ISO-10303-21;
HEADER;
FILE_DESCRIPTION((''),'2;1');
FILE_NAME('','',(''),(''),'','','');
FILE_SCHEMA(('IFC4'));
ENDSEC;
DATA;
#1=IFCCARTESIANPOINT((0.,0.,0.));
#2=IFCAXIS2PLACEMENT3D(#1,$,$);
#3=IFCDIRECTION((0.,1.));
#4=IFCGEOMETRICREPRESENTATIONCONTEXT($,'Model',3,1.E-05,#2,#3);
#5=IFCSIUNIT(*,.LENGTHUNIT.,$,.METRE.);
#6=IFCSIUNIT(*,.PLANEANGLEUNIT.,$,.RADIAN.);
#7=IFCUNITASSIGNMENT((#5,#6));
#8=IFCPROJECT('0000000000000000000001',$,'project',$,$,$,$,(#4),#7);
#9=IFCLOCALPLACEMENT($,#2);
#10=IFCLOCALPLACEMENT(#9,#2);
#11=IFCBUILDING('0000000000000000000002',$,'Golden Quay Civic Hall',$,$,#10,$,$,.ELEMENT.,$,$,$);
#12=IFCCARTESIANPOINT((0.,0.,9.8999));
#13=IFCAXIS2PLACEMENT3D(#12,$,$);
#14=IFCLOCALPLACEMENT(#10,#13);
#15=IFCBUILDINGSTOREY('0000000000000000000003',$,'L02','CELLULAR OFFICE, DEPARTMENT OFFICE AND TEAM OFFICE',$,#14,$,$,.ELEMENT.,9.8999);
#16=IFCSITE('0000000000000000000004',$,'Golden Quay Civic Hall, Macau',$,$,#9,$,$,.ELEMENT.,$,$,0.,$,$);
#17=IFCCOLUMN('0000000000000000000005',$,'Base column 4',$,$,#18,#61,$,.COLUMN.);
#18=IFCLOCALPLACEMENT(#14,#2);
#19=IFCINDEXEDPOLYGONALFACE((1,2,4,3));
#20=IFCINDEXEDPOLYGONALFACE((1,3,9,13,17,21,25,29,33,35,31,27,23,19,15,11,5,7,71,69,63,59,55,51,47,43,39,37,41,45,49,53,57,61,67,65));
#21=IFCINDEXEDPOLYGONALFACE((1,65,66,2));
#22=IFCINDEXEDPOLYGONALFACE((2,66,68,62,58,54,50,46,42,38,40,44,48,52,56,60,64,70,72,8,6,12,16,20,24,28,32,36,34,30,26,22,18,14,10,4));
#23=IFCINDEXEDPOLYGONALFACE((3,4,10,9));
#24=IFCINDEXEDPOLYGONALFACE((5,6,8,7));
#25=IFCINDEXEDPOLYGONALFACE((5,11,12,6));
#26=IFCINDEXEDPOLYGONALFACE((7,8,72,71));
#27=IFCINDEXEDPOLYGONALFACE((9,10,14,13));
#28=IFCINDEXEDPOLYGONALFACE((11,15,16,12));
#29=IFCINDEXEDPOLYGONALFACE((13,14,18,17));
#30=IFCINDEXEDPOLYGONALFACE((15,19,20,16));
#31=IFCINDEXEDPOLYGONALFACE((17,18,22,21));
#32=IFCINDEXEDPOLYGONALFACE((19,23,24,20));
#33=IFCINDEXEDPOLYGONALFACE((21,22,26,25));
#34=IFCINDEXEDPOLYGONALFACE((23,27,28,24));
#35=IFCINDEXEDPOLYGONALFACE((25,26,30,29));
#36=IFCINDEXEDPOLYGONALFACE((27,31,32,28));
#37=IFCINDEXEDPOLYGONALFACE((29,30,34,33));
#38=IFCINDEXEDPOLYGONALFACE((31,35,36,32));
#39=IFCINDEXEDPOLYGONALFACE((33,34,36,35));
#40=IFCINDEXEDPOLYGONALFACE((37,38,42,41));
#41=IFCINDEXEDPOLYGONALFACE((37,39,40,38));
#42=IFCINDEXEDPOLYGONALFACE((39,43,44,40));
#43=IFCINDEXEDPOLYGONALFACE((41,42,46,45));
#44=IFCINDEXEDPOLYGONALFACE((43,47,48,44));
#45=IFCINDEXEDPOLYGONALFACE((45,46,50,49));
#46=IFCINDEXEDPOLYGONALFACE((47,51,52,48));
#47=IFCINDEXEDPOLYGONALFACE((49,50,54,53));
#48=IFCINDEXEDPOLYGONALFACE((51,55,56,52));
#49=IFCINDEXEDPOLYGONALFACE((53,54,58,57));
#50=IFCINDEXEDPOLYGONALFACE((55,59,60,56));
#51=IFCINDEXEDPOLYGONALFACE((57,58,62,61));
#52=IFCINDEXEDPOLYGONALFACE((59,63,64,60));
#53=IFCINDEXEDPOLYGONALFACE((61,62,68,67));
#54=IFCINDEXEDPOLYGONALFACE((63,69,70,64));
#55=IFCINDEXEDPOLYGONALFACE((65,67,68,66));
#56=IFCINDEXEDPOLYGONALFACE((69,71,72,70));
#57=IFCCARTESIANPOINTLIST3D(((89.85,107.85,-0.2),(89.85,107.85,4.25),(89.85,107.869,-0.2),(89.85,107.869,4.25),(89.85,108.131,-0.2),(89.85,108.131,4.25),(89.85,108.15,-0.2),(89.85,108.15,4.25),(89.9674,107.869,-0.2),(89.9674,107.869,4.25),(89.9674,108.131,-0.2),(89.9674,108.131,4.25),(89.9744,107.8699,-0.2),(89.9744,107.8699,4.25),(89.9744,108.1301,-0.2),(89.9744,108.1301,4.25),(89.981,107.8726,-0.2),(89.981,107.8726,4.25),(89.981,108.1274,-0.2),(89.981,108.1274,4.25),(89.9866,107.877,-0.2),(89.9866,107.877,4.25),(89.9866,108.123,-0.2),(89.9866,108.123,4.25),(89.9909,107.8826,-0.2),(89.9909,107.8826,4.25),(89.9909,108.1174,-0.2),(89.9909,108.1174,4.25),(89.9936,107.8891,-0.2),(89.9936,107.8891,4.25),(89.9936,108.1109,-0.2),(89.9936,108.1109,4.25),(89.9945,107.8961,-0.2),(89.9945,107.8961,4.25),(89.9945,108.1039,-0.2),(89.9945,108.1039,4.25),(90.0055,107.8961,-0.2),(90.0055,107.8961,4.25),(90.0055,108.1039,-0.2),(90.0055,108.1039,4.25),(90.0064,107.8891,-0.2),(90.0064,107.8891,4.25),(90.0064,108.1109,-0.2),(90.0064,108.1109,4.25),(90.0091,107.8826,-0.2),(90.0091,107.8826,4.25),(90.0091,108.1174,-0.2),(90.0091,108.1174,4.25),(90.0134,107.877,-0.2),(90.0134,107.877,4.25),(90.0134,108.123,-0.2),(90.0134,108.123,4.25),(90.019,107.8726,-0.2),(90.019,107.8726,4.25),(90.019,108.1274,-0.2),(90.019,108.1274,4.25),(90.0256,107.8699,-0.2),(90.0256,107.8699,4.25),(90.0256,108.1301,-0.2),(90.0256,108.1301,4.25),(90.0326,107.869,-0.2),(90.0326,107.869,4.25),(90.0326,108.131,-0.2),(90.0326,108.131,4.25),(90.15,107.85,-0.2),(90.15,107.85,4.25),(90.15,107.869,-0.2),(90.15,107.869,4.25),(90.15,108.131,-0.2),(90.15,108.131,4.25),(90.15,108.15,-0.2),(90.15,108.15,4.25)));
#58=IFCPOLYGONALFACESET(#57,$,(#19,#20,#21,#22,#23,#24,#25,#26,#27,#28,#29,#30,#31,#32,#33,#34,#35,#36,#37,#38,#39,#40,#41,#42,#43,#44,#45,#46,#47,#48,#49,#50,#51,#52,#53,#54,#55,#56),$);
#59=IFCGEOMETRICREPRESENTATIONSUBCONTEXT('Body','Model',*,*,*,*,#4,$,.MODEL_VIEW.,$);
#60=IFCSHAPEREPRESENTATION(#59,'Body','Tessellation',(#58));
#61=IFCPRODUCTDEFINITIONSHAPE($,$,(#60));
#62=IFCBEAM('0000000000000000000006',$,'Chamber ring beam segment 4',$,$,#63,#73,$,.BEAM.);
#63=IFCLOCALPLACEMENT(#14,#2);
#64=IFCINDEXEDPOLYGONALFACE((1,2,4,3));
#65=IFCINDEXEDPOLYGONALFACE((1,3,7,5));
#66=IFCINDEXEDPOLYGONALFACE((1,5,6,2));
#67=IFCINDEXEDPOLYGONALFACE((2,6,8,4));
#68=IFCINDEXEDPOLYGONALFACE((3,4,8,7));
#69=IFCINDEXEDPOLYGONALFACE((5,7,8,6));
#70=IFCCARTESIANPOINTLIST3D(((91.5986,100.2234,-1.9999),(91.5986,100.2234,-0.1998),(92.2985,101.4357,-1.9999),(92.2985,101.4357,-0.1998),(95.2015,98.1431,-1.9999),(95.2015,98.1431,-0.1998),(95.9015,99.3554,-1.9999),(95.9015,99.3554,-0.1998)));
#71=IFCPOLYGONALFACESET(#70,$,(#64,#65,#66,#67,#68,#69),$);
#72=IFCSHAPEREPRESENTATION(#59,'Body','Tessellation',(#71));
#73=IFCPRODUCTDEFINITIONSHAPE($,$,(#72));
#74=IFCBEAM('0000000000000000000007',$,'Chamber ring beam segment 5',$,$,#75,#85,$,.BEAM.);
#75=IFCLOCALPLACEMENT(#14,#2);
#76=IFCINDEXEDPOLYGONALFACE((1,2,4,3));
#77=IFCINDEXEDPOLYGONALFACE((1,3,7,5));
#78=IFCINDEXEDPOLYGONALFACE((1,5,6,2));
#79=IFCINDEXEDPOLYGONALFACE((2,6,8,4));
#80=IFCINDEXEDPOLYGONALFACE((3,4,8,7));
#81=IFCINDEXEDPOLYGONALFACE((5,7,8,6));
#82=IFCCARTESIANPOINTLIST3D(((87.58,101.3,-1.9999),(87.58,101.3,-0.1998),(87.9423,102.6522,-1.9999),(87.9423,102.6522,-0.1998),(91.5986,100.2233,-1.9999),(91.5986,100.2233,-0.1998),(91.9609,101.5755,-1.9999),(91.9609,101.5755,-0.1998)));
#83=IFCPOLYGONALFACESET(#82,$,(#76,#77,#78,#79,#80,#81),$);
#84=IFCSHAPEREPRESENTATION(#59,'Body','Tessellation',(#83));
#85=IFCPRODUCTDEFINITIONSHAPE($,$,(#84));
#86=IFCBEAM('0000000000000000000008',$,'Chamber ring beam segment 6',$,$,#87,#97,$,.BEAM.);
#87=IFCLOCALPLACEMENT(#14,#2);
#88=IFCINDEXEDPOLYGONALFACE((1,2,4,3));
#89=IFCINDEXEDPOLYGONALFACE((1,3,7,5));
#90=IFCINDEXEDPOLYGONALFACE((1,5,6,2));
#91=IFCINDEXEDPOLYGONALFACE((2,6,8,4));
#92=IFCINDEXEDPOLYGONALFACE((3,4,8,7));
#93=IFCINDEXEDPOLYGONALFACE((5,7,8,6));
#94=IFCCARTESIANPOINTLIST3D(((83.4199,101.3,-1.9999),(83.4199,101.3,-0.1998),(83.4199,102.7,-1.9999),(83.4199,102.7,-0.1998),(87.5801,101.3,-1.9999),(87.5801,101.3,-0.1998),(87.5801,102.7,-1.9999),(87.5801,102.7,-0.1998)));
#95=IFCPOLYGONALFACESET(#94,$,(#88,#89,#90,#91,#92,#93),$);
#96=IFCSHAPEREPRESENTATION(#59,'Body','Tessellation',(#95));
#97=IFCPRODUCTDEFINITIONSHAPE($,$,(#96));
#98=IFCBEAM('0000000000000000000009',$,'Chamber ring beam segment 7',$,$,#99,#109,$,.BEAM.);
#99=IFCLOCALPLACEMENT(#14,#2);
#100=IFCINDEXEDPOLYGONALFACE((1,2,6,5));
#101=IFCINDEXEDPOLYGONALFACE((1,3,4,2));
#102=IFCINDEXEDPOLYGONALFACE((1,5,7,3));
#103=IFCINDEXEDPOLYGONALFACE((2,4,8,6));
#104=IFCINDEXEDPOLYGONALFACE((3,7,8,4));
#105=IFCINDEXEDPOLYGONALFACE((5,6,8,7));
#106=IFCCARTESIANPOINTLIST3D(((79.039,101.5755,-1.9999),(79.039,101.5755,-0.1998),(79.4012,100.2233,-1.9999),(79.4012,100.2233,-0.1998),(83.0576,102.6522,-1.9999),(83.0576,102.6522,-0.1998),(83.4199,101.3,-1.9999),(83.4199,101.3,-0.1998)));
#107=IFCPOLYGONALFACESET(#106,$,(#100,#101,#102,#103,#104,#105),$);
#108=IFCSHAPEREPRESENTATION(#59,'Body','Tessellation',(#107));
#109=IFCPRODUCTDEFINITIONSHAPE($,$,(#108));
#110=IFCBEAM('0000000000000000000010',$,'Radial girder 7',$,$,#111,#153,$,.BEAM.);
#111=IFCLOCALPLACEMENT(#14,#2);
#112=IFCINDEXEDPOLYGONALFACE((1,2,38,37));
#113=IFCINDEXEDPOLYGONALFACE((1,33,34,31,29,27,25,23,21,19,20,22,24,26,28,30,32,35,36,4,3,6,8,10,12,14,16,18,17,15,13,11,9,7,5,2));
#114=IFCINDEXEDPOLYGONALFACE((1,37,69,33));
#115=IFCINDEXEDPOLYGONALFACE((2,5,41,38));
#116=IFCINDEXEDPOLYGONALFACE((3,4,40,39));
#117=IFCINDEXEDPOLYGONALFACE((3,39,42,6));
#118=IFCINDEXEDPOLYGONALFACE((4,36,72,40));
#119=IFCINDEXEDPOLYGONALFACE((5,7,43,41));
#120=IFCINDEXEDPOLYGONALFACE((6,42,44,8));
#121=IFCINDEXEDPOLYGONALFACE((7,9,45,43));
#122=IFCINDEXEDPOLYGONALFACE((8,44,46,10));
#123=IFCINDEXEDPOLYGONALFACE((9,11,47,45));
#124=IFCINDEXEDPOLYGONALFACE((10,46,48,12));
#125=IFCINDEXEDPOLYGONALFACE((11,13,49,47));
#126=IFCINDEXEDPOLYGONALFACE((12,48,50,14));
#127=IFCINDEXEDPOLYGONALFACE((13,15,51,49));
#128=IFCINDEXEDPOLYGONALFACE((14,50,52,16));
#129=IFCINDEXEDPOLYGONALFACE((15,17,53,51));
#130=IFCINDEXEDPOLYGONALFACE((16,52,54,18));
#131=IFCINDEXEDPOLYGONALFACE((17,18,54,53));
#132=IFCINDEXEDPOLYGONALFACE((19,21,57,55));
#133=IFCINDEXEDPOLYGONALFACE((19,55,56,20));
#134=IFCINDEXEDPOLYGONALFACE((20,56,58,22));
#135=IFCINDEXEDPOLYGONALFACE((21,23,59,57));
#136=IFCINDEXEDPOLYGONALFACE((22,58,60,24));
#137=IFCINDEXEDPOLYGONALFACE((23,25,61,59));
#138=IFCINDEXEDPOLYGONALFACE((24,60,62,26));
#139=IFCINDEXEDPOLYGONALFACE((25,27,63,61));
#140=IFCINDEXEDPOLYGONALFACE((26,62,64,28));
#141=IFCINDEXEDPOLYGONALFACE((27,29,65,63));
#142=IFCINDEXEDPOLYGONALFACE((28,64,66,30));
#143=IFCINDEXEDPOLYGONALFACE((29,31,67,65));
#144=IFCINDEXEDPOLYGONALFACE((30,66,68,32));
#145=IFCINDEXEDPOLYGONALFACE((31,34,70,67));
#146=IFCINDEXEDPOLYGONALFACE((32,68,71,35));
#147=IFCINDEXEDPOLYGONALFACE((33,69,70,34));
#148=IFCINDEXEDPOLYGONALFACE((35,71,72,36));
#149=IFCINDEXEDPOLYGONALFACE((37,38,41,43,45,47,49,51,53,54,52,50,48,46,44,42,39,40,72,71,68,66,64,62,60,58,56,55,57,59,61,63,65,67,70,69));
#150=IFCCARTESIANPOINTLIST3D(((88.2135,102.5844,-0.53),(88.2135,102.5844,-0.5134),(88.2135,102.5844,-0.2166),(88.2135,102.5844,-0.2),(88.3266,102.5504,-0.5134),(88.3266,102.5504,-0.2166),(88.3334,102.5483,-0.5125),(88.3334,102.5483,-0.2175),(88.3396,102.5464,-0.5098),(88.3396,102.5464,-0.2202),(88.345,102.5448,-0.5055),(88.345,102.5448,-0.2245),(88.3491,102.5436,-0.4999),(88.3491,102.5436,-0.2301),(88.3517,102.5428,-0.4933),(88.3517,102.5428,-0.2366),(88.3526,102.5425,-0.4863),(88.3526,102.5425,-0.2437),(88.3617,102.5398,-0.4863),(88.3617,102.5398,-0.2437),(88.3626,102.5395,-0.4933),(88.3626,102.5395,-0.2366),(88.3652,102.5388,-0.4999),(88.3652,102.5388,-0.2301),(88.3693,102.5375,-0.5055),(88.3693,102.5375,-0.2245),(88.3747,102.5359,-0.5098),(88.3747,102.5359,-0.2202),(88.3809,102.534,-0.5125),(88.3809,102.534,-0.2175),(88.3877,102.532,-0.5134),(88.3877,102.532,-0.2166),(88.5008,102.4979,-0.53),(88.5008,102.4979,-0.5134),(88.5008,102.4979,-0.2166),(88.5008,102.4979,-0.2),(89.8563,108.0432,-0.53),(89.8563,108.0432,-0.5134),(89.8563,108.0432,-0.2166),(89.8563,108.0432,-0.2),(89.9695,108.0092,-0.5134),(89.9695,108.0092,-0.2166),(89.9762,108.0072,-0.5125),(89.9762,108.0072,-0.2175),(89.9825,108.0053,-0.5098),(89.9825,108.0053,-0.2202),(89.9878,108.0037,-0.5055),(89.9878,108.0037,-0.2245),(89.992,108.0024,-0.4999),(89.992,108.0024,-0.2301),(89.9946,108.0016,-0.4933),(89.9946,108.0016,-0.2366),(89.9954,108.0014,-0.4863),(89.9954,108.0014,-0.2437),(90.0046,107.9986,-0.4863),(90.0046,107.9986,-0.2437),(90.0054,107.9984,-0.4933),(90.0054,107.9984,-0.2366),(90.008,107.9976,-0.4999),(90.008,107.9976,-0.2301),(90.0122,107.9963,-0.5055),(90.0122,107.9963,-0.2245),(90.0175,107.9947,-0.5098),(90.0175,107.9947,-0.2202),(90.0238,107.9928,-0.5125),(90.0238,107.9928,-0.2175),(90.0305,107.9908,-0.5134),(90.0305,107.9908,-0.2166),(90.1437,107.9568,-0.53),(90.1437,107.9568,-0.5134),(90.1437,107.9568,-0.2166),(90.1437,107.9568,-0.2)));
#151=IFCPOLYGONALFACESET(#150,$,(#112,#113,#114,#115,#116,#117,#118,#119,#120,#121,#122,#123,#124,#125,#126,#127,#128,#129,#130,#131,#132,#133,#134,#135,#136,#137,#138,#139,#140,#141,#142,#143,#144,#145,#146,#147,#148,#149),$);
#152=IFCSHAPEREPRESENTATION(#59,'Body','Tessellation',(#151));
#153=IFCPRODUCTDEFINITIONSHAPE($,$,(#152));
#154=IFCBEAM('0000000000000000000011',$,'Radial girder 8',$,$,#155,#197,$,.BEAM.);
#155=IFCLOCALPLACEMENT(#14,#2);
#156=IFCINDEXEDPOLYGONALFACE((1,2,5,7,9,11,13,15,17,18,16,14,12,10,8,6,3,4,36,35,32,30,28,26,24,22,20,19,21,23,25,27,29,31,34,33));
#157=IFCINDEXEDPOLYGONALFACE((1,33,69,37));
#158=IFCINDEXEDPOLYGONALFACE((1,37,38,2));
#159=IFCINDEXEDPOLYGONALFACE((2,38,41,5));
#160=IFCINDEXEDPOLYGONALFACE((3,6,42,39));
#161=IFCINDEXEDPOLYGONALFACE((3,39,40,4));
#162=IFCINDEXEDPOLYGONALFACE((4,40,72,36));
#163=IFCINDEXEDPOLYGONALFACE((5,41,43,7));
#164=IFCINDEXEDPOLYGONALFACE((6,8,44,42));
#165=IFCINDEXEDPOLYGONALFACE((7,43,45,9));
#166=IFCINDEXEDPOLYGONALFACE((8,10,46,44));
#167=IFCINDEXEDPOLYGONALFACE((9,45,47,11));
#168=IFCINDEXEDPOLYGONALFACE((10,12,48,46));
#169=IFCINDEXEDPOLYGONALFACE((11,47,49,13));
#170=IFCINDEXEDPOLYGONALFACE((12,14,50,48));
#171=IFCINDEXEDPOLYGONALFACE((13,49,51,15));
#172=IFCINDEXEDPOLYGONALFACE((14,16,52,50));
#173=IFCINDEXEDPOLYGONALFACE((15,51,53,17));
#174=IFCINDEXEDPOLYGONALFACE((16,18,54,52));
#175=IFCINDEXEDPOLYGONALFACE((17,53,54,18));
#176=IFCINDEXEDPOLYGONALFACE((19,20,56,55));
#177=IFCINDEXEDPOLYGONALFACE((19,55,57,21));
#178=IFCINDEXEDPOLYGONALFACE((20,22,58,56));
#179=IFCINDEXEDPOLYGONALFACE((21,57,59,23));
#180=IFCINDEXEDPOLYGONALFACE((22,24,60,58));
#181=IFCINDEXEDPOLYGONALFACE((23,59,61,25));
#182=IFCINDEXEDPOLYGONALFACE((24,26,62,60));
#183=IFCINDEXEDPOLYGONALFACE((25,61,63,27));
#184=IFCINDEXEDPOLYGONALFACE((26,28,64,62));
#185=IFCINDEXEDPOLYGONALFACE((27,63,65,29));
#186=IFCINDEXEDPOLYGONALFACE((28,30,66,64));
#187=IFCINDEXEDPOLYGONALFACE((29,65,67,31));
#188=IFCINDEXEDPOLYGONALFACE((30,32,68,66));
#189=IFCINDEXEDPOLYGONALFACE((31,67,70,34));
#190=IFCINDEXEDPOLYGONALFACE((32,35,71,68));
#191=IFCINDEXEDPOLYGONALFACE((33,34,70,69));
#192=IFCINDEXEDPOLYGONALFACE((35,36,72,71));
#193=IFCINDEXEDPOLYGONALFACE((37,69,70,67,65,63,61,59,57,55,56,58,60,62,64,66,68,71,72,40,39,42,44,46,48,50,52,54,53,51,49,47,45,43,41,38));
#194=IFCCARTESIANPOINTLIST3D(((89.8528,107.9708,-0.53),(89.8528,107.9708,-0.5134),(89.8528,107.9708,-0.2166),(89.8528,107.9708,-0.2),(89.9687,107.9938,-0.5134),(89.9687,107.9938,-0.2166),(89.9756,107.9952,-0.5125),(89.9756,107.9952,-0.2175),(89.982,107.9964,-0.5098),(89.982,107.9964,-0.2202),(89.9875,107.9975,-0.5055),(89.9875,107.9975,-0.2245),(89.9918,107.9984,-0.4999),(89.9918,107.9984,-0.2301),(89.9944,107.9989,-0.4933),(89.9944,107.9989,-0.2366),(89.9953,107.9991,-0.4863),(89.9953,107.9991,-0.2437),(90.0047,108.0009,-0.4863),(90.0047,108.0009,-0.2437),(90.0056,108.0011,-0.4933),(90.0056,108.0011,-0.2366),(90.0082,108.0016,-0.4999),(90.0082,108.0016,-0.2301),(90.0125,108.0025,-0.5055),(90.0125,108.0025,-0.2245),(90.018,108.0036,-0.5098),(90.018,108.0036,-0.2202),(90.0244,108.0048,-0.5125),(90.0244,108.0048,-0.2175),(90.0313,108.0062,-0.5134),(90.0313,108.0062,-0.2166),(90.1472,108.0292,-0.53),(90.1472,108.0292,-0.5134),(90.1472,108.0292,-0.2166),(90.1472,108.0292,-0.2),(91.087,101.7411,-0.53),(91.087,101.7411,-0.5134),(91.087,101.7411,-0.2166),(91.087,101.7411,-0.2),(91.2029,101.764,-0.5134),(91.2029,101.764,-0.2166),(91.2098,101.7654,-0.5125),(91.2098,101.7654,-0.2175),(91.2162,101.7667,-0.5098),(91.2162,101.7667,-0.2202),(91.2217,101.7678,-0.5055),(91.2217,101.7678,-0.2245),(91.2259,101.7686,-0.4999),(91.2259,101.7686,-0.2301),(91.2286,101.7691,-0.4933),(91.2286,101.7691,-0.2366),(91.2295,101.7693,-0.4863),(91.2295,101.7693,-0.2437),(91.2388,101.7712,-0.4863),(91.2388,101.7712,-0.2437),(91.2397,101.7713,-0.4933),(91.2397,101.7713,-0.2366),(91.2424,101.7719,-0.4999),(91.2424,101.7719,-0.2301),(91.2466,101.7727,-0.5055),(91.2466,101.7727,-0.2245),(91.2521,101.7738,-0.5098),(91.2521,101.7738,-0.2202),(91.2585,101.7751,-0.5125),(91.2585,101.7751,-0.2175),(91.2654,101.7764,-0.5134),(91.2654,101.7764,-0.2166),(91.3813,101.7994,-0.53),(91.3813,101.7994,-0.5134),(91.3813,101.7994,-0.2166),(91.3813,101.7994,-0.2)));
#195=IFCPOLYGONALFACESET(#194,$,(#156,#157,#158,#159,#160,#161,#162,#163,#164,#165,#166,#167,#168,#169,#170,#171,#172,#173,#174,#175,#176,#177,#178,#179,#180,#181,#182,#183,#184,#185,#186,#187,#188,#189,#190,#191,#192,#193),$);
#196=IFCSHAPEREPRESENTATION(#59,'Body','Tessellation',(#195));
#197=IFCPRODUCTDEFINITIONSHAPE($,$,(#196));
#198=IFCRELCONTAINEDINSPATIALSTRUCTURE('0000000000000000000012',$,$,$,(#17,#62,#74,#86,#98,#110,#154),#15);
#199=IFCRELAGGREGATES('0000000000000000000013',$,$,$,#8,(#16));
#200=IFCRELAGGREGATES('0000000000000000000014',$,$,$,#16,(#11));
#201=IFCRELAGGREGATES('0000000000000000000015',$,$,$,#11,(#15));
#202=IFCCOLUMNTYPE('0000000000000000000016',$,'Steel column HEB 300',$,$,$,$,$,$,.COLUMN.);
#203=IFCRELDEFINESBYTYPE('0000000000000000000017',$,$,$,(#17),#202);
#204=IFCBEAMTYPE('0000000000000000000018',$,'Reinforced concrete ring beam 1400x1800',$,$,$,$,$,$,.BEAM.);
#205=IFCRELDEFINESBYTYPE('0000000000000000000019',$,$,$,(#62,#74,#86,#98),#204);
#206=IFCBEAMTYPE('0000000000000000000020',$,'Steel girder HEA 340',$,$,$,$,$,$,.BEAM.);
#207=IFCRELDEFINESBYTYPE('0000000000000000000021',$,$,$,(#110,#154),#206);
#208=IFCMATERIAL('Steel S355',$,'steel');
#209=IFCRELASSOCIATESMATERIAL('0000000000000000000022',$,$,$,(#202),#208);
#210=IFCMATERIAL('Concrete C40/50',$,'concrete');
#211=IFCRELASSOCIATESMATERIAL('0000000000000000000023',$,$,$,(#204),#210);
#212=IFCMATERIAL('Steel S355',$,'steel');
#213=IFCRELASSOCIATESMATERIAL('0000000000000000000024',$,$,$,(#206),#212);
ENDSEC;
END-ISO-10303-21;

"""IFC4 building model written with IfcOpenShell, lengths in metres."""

from ifc_helpers import new_model, si_unit, direction, frame, origin, origin_2d, place, context, subcontext, project, spatial, rectangle, i_section, extrude, material, material_profile, profile_set, type_object, element, save


model = new_model("IFC4")

# Units and contexts
model_context = context("Model", 3, precision=1e-05, world=origin(), true_north=direction((0.0, 1.0)))
body_context = subcontext(model_context, "Body", "Model", "MODEL_VIEW")
ifc_project = project(units=[si_unit("LENGTHUNIT", "METRE"), si_unit("PLANEANGLEUNIT", "RADIAN")], contexts=[model_context])

# Site, building, storey
site_placement = place(None, origin())
site = spatial("IfcSite", under=ifc_project, at=site_placement, Name="Golden Quay Civic Hall, Macau", CompositionType="ELEMENT", RefElevation=0.0)
building_placement = place(site_placement, origin())
building = spatial("IfcBuilding", under=site, at=building_placement, Name="Golden Quay Civic Hall", CompositionType="ELEMENT")
storey_placement = place(building_placement, frame((0.0, 0.0, 9.8999)))
storey = spatial("IfcBuildingStorey", under=building, at=storey_placement, Name="L02", Description="CELLULAR OFFICE, DEPARTMENT OFFICE AND TEAM OFFICE", CompositionType="ELEMENT", Elevation=9.8999)

# Column
ifc_material_1 = material(Name="Steel S355", Category="steel")
ifc_material_profile_1 = material_profile(ifc_material_1, i_section(OverallWidth=0.3, OverallDepth=0.3, WebThickness=0.011, FlangeThickness=0.019, FilletRadius=0.0271, at=origin_2d()), Name="HEB 300")
ifc_profile_set_1 = profile_set([ifc_material_profile_1], Name="Steel S355")
column_type = type_object("IfcColumnType", Name="Steel column HEB 300", PredefinedType="COLUMN", material=ifc_profile_set_1)
column_placement = place(storey_placement, frame((90.0, 108.0, -0.2), z_axis=(0.0, 0.0, 1.0), x_axis=(1.0, 0.0, 0.0)))
element("IfcColumn", 1, at=column_placement, inside=storey, type_object=column_type, Name="Base column 4", PredefinedType="COLUMN", context=body_context, shape_type="SweptSolid", body=[
    extrude(i_section(OverallWidth=0.3, OverallDepth=0.3, WebThickness=0.011, FlangeThickness=0.019, FilletRadius=0.0271, at=origin_2d()), origin(), (0.0, 0.0, 1.0), 4.45),
])

# Beams
ifc_material_2 = material(Name="Concrete C40/50", Category="concrete")
ifc_material_profile_2 = material_profile(ifc_material_2, rectangle(XDim=1.3999, YDim=1.8, at=origin_2d()), Name="RC 1400x1800")
ifc_profile_set_2 = profile_set([ifc_material_profile_2], Name="Concrete C40/50")
beam_type_1 = type_object("IfcBeamType", Name="Reinforced concrete ring beam 1400x1800", PredefinedType="BEAM", material=ifc_profile_set_2)
for number, where, z_axis, x_axis, name in (
    (2, (95.5515, 98.7493, -1.0999), (-0.866014, 0.50002, 0.0), (-0.50002, -0.866014, 0.0), "Chamber ring beam segment 4"),
    (3, (91.7798, 100.8994, -1.0999), (-0.965932, 0.258795, 0.0), (-0.258795, -0.965932, 0.0), "Chamber ring beam segment 5"),
):
    element("IfcBeam", number, at=place(storey_placement, frame(where, z_axis=z_axis, x_axis=x_axis)), inside=storey, type_object=beam_type_1, Name=name, PredefinedType="BEAM", context=body_context, shape_type="SweptSolid", body=[
        extrude(rectangle(XDim=1.3999, YDim=1.8, at=origin_2d()), origin(), (0.0, 0.0, 1.0), 4.1604),
    ])
beam_1_placement = place(storey_placement, frame((87.5801, 102.0, -1.0999), z_axis=(-1.0, 0.0, 0.0), x_axis=(0.0, -1.0, 0.0)))
element("IfcBeam", 4, at=beam_1_placement, inside=storey, type_object=beam_type_1, Name="Chamber ring beam segment 6", PredefinedType="BEAM", context=body_context, shape_type="SweptSolid", body=[
    extrude(rectangle(XDim=1.3999, YDim=1.8, at=origin_2d()), origin(), (0.0, 0.0, 1.0), 4.1602),
])
beam_2_placement = place(storey_placement, frame((83.2388, 101.9761, -1.0999), z_axis=(-0.965932, -0.258795, 0.0), x_axis=(0.258795, -0.965932, 0.0)))
element("IfcBeam", 5, at=beam_2_placement, inside=storey, type_object=beam_type_1, Name="Chamber ring beam segment 7", PredefinedType="BEAM", context=body_context, shape_type="SweptSolid", body=[
    extrude(rectangle(XDim=1.3999, YDim=1.8, at=origin_2d()), origin(), (0.0, 0.0, 1.0), 4.1604),
])
ifc_material_3 = material(Name="Steel S355", Category="steel")
ifc_material_profile_3 = material_profile(ifc_material_3, i_section(OverallWidth=0.3, OverallDepth=0.3301, WebThickness=0.0095, FlangeThickness=0.0166, FilletRadius=0.0271, at=origin_2d()), Name="HEA 340")
ifc_profile_set_3 = profile_set([ifc_material_profile_3], Name="Steel S355")
beam_type_2 = type_object("IfcBeamType", Name="Steel girder HEA 340", PredefinedType="BEAM", material=ifc_profile_set_3)
beam_3_placement = place(storey_placement, frame((90.0, 108.0, -0.365), z_axis=(-0.288185, -0.957575, 0.0), x_axis=(0.957575, -0.288185, 0.0)))
element("IfcBeam", 6, at=beam_3_placement, inside=storey, type_object=beam_type_2, Name="Radial girder 7", PredefinedType="BEAM", context=body_context, shape_type="SweptSolid", body=[
    extrude(i_section(OverallWidth=0.3, OverallDepth=0.3301, WebThickness=0.0095, FlangeThickness=0.0166, FilletRadius=0.0271, at=origin_2d()), origin(), (0.0, 0.0, 1.0), 5.7007),
])
beam_4_placement = place(storey_placement, frame((90.0, 108.0, -0.365), z_axis=(0.194327, -0.980937, 0.0), x_axis=(0.980937, 0.194327, 0.0)))
element("IfcBeam", 7, at=beam_4_placement, inside=storey, type_object=beam_type_2, Name="Radial girder 8", PredefinedType="BEAM", context=body_context, shape_type="SweptSolid", body=[
    extrude(i_section(OverallWidth=0.3, OverallDepth=0.3301, WebThickness=0.0095, FlangeThickness=0.0166, FilletRadius=0.0271, at=origin_2d()), origin(), (0.0, 0.0, 1.0), 6.3508),
])

save(model, "model.ifc")
